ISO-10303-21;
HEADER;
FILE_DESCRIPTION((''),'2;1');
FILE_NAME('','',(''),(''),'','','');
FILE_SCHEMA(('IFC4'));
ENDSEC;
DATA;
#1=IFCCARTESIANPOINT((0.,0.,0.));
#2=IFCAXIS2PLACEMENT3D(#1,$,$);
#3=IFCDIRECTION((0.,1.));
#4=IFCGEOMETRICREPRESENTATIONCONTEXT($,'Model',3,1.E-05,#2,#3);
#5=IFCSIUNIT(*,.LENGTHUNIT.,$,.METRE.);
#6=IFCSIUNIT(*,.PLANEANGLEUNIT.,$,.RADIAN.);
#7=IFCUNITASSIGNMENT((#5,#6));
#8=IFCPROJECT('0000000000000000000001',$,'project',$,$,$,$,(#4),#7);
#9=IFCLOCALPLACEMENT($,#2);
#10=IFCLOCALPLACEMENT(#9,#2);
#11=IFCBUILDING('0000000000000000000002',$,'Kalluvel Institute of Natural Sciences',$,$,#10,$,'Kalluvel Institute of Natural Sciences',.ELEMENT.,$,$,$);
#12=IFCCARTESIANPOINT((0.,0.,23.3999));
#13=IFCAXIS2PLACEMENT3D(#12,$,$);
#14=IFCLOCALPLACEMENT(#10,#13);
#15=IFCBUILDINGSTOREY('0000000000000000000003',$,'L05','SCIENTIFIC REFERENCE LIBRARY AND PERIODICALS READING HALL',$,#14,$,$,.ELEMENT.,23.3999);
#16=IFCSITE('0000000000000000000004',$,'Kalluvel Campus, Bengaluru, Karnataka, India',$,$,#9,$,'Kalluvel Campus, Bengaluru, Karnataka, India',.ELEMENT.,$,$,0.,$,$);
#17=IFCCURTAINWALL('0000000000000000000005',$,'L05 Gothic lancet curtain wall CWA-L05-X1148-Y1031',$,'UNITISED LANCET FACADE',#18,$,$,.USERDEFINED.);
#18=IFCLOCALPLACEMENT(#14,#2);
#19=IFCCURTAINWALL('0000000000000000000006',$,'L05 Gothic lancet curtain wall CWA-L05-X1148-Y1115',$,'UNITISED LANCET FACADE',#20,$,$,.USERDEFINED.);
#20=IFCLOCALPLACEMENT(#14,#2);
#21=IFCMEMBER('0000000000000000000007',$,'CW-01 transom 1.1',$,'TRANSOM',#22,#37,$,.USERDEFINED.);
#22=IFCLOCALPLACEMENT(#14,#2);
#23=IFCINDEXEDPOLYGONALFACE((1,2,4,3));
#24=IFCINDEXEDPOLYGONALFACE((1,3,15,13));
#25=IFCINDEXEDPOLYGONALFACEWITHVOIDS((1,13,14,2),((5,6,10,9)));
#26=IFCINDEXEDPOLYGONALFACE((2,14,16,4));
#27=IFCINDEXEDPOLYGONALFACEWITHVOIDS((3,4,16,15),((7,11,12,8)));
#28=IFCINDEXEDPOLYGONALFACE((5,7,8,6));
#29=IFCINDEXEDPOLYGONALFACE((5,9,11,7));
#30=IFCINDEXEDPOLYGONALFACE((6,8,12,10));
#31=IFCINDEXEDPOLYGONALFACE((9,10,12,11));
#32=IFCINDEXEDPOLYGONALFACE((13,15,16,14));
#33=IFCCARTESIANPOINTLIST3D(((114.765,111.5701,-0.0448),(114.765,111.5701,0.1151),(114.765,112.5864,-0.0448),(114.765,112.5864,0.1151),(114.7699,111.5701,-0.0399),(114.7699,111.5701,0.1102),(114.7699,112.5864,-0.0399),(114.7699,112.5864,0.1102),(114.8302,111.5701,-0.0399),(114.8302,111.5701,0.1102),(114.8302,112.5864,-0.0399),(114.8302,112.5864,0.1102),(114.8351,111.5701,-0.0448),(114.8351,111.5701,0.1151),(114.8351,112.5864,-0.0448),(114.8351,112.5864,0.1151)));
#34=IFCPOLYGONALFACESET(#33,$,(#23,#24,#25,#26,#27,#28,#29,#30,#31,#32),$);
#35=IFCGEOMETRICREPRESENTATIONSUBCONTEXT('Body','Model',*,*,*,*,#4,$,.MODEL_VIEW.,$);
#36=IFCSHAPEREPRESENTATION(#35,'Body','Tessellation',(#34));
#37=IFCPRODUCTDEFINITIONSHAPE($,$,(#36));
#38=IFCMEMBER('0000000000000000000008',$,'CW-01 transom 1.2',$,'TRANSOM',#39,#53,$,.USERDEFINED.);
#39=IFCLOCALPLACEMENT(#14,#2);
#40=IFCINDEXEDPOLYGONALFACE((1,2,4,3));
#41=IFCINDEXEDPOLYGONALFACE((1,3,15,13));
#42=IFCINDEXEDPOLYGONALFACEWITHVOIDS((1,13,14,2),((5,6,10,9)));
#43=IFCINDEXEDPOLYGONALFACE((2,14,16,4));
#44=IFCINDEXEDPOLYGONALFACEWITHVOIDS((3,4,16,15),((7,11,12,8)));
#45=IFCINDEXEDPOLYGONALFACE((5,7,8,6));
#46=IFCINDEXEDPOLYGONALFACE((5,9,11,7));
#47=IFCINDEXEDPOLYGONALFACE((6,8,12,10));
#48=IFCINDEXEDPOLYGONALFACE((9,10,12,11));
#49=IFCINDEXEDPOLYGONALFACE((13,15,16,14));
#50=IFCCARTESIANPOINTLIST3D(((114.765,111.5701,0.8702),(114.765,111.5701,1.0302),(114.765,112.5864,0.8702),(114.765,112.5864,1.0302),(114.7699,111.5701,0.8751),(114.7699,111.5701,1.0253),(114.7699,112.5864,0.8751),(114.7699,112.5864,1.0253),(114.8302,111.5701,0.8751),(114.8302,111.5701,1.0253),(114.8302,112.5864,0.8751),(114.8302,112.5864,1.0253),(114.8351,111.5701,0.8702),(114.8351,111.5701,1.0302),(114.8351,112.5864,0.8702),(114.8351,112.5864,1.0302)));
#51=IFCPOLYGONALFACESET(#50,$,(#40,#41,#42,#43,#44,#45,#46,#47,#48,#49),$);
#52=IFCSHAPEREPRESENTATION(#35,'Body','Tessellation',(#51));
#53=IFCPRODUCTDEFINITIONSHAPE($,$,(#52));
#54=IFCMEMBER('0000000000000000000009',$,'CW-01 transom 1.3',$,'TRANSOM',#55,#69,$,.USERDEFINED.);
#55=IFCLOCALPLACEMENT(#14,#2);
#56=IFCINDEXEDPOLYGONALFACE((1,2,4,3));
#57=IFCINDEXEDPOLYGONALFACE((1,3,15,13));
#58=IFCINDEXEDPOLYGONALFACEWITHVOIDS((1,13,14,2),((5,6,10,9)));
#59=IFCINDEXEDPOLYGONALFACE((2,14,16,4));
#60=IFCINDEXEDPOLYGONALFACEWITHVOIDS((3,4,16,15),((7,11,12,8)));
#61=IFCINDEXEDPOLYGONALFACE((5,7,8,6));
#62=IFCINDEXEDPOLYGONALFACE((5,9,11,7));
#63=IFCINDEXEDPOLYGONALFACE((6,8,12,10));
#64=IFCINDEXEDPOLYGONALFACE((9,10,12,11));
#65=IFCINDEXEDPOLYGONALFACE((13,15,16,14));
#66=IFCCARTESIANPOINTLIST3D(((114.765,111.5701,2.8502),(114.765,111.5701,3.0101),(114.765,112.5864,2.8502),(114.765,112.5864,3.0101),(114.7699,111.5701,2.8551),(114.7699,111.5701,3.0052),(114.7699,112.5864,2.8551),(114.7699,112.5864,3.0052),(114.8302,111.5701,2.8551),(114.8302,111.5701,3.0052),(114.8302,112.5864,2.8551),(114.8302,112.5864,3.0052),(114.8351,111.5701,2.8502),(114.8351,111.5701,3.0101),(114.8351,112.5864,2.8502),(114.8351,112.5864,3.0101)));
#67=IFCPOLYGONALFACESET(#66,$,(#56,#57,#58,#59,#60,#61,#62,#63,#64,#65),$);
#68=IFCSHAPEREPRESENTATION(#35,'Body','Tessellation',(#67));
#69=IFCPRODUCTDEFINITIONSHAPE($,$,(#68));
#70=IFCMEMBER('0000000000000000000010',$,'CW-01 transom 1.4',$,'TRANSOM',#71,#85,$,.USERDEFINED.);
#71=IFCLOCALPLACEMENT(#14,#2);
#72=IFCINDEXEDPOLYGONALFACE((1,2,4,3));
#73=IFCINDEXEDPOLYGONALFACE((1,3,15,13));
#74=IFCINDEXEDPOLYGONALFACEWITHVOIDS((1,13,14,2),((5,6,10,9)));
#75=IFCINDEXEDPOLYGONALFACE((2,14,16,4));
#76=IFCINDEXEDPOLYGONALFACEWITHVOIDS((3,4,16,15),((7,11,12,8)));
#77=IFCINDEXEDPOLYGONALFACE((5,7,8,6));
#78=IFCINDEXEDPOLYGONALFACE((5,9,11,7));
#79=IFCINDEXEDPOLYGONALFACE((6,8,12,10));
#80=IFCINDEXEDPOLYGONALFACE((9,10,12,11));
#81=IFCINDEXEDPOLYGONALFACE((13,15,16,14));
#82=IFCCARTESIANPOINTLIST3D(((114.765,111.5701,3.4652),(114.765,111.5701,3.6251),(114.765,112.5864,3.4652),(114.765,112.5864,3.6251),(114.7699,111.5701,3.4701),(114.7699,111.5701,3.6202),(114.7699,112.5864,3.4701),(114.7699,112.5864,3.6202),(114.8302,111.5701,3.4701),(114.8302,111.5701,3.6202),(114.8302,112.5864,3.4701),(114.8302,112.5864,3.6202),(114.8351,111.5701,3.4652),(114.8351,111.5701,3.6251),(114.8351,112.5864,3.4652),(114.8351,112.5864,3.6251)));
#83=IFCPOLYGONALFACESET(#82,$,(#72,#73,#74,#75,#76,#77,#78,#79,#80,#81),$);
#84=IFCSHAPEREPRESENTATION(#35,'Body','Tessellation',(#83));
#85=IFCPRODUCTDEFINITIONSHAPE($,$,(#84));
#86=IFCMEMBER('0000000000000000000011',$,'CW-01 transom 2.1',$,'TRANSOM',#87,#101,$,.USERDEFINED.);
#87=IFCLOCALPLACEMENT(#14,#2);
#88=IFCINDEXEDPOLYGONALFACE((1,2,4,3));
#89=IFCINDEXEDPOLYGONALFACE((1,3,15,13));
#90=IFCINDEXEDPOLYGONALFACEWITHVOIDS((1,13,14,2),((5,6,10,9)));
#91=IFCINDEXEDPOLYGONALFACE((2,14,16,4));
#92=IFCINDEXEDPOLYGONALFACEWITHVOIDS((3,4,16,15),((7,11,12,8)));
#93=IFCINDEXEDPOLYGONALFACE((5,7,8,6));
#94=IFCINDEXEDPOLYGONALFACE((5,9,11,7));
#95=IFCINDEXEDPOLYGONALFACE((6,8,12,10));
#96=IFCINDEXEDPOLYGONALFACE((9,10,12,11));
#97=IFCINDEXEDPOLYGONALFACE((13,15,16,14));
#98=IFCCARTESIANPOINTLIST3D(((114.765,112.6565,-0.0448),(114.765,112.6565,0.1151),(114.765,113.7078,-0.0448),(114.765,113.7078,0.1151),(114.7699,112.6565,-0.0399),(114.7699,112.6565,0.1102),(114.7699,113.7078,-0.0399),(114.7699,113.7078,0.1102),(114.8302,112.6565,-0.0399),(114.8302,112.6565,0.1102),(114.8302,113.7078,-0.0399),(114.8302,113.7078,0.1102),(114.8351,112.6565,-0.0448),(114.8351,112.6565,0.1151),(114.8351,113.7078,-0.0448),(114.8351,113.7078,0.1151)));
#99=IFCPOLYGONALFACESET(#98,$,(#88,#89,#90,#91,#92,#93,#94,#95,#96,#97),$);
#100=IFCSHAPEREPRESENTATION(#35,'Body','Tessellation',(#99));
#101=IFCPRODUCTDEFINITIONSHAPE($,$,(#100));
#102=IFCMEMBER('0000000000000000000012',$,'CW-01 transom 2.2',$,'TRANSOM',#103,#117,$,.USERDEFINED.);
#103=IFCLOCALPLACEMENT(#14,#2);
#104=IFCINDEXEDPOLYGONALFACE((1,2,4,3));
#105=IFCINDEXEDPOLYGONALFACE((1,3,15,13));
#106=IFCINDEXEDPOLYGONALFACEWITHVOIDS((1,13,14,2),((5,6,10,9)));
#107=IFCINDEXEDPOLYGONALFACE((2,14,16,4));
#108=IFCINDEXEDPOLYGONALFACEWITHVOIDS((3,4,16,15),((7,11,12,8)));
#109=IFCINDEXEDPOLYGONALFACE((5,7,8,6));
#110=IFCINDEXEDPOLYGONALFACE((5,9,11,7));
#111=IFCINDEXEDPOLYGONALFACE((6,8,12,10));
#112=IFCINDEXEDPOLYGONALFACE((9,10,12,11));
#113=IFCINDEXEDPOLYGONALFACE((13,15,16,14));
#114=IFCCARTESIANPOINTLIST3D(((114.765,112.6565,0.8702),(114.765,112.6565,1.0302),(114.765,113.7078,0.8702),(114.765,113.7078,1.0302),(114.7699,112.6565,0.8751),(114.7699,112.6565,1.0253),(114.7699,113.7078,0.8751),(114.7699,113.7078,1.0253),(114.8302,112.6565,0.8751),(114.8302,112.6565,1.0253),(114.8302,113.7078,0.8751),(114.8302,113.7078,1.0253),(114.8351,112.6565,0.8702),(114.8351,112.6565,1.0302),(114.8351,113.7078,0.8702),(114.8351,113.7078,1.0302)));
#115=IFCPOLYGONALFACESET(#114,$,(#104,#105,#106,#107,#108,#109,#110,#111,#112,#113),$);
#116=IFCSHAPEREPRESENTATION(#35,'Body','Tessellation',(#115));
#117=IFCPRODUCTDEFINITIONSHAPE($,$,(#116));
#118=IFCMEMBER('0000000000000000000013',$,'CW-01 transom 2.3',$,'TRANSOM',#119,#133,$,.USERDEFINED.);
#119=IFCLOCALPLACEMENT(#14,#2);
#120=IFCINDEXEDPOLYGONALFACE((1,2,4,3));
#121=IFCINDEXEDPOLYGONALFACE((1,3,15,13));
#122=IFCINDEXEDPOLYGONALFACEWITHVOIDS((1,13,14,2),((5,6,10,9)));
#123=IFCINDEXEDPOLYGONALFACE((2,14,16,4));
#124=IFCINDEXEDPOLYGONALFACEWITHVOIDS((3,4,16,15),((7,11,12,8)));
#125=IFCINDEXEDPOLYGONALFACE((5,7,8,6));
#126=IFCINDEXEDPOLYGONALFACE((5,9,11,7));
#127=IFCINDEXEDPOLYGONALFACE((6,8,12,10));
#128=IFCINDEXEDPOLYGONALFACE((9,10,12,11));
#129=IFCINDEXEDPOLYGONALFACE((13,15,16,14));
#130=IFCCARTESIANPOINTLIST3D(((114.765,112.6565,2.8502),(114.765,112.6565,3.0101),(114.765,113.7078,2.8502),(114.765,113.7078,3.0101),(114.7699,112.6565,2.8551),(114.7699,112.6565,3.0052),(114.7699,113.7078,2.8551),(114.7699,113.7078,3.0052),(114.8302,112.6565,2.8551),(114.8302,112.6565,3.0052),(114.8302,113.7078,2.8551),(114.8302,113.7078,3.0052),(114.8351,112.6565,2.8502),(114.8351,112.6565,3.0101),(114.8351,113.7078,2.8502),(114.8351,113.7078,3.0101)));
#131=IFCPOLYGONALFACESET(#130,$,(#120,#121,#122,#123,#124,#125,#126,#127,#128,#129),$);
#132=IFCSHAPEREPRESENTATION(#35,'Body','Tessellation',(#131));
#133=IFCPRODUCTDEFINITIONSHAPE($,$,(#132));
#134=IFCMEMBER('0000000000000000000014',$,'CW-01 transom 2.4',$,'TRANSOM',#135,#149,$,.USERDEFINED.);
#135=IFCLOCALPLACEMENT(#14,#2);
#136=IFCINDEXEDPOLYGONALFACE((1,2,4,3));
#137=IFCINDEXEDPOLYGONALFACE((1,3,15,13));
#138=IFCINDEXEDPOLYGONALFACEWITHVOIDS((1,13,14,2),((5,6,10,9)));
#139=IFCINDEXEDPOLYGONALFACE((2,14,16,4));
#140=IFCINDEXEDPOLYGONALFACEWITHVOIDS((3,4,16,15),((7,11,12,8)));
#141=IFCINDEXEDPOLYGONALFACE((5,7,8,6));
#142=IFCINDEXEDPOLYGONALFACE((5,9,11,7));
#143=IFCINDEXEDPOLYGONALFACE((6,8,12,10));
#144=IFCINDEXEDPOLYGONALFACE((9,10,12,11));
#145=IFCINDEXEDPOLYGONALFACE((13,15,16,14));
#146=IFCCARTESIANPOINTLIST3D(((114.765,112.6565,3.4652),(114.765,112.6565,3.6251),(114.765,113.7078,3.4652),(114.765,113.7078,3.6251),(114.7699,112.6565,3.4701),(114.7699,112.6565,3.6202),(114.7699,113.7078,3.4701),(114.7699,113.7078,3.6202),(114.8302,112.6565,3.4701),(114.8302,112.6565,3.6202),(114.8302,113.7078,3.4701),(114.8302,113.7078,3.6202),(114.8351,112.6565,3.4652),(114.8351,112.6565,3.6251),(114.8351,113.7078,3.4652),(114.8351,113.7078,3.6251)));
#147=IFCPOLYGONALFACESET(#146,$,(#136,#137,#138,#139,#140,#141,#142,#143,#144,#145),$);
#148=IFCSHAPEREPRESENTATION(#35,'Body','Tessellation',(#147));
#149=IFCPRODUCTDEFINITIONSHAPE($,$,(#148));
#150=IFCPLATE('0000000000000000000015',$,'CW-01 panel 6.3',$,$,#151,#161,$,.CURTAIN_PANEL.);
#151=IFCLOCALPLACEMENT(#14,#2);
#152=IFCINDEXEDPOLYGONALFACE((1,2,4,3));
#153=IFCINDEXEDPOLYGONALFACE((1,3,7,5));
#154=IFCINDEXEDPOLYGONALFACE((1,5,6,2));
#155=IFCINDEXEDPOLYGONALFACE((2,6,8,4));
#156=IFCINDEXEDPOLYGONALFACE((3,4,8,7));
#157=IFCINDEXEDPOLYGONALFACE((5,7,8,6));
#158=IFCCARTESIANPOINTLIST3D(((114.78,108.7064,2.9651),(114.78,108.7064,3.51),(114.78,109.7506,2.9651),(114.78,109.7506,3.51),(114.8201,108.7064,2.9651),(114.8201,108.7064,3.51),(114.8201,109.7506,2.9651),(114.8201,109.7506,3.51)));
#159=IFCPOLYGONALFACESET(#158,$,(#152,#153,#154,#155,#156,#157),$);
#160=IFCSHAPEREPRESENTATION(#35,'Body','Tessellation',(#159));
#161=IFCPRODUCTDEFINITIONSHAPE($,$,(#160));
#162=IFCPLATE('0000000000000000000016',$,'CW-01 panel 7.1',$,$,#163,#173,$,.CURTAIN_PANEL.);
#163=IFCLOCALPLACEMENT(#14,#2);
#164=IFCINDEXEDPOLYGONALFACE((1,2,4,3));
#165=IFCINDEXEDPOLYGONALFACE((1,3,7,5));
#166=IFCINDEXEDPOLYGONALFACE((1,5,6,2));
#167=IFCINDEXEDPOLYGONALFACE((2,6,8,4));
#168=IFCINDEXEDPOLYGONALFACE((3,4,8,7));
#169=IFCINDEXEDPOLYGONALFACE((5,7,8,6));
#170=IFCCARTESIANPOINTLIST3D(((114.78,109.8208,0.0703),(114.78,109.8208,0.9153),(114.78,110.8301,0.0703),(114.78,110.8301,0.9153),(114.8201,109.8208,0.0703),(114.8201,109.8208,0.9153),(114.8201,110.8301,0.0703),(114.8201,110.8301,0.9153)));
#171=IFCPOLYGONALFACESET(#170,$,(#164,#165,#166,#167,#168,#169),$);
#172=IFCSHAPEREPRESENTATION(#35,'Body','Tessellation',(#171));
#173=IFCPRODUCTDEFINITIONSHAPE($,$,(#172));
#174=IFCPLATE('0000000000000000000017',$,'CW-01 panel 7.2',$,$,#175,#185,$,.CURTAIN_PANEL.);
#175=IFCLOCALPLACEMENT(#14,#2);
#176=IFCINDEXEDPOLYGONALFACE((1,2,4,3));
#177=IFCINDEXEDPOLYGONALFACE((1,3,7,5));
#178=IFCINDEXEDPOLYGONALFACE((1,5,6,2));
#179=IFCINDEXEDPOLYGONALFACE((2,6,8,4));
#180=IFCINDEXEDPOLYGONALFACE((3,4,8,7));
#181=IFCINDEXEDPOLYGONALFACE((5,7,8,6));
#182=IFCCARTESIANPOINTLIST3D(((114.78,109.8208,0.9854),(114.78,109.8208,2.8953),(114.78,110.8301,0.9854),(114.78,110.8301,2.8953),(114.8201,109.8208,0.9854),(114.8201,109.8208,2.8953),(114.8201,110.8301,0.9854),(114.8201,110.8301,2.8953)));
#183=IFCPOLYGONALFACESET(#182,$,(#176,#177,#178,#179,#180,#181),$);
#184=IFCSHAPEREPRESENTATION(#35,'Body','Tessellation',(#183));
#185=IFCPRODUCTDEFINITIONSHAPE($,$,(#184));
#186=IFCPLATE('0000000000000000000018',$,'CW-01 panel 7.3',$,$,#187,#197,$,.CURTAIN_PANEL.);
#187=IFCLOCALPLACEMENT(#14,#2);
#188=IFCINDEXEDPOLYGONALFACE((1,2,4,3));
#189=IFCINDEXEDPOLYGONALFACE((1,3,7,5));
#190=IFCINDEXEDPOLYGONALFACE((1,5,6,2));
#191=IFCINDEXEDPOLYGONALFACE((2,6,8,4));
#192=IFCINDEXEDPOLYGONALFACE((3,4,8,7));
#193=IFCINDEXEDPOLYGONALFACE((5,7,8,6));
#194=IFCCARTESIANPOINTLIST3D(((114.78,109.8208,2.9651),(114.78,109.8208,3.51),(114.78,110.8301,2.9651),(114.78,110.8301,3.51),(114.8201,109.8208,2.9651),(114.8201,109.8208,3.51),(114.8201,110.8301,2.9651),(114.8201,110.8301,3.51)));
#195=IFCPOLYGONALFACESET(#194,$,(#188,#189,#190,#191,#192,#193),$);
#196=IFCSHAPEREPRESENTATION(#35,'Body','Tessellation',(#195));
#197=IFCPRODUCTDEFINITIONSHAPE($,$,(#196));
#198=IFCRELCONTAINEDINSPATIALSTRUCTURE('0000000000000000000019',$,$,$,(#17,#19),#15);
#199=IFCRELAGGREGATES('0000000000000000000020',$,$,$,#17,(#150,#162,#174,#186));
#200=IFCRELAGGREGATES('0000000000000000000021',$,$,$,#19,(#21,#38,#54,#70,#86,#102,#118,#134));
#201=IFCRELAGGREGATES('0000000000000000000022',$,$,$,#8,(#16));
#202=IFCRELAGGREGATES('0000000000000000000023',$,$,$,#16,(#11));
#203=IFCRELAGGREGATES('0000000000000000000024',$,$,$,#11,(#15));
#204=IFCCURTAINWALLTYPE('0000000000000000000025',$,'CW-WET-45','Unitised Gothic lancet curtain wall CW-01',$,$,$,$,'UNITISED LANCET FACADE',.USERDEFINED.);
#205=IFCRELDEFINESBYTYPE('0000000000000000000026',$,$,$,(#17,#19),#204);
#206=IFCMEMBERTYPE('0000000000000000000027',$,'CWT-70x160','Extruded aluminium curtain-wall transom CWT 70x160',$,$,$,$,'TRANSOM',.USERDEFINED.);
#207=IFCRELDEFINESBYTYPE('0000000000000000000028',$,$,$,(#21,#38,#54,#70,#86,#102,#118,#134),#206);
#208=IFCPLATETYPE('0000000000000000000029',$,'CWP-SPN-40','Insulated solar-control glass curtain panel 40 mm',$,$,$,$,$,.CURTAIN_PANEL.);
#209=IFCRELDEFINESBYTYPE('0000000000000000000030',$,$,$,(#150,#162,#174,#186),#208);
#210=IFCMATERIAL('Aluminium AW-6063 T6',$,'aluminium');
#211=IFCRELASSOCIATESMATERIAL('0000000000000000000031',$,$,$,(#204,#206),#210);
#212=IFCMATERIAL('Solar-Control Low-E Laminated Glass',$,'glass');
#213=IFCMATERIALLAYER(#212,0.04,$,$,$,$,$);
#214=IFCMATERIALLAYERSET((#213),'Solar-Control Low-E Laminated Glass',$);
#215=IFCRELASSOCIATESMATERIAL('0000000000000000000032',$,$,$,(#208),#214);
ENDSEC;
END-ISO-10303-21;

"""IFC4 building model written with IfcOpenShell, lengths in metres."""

from ifc_helpers import new_model, si_unit, direction, frame, origin, origin_2d, place, context, subcontext, project, spatial, rectangle, hollow_rectangle, extrude, material, layer, layer_set, material_profile, profile_set, type_object, element, aggregate, save


model = new_model("IFC4")

# Units and contexts
model_context = context("Model", 3, precision=1e-05, world=origin(), true_north=direction((0.0, 1.0)))
body_context = subcontext(model_context, "Body", "Model", "MODEL_VIEW")
ifc_project = project(units=[si_unit("LENGTHUNIT", "METRE"), si_unit("PLANEANGLEUNIT", "RADIAN")], contexts=[model_context])

# Site, building, storey
site_placement = place(None, origin())
site = spatial("IfcSite", under=ifc_project, at=site_placement, Name="Kalluvel Campus, Bengaluru, Karnataka, India", LongName="Kalluvel Campus, Bengaluru, Karnataka, India", CompositionType="ELEMENT", RefElevation=0.0)
building_placement = place(site_placement, origin())
building = spatial("IfcBuilding", under=site, at=building_placement, Name="Kalluvel Institute of Natural Sciences", LongName="Kalluvel Institute of Natural Sciences", CompositionType="ELEMENT")
storey_placement = place(building_placement, frame((0.0, 0.0, 23.3999)))
storey = spatial("IfcBuildingStorey", under=building, at=storey_placement, Name="L05", Description="SCIENTIFIC REFERENCE LIBRARY AND PERIODICALS READING HALL", CompositionType="ELEMENT", Elevation=23.3999)

# Curtain walls
ifc_material_1 = material(Name="Aluminium AW-6063 T6", Category="aluminium")
curtain_wall_type = type_object("IfcCurtainWallType", Name="CW-WET-45", Description="Unitised Gothic lancet curtain wall CW-01", ElementType="UNITISED LANCET FACADE", PredefinedType="USERDEFINED", material=ifc_material_1)
curtain_wall_1_placement = place(storey_placement, origin())
curtain_wall_1 = element("IfcCurtainWall", 1, at=curtain_wall_1_placement, inside=storey, type_object=curtain_wall_type, Name="L05 Gothic lancet curtain wall CWA-L05-X1148-Y1031", ObjectType="UNITISED LANCET FACADE", PredefinedType="USERDEFINED")
curtain_wall_2_placement = place(storey_placement, origin())
curtain_wall_2 = element("IfcCurtainWall", 2, at=curtain_wall_2_placement, inside=storey, type_object=curtain_wall_type, Name="L05 Gothic lancet curtain wall CWA-L05-X1148-Y1115", ObjectType="UNITISED LANCET FACADE", PredefinedType="USERDEFINED")

# Members
ifc_material_profile_1 = material_profile(ifc_material_1, hollow_rectangle(XDim=0.0701, YDim=0.1599, WallThickness=0.0049, at=origin_2d()), Name="CWT 70x160")
ifc_profile_set_1 = profile_set([ifc_material_profile_1], Name="Aluminium AW-6063 T6")
member_type_1 = type_object("IfcMemberType", Name="CWT-70x160", Description="Extruded aluminium curtain-wall transom CWT 70x160", ElementType="TRANSOM", PredefinedType="USERDEFINED", material=ifc_profile_set_1)
member_1_placement = place(storey_placement, frame((114.8, 111.5701, 0.0352), z_axis=(0.0, 1.0, 0.0), x_axis=(-1.0, 0.0, 0.0)))
member_1 = element("IfcMember", 3, at=member_1_placement, type_object=member_type_1, Name="CW-01 transom 1.1", ObjectType="TRANSOM", PredefinedType="USERDEFINED", context=body_context, shape_type="SweptSolid", body=[
    extrude(hollow_rectangle(XDim=0.0701, YDim=0.1599, WallThickness=0.0049, at=origin_2d()), origin(), (0.0, 0.0, 1.0), 1.0164),
])
member_2_placement = place(storey_placement, frame((114.8, 111.5701, 0.9502), z_axis=(0.0, 1.0, 0.0), x_axis=(-1.0, 0.0, 0.0)))
member_2 = element("IfcMember", 4, at=member_2_placement, type_object=member_type_1, Name="CW-01 transom 1.2", ObjectType="TRANSOM", PredefinedType="USERDEFINED", context=body_context, shape_type="SweptSolid", body=[
    extrude(hollow_rectangle(XDim=0.0701, YDim=0.1599, WallThickness=0.0049, at=origin_2d()), origin(), (0.0, 0.0, 1.0), 1.0164),
])
member_3_placement = place(storey_placement, frame((114.8, 111.5701, 2.9302), z_axis=(0.0, 1.0, 0.0), x_axis=(-1.0, 0.0, 0.0)))
member_3 = element("IfcMember", 5, at=member_3_placement, type_object=member_type_1, Name="CW-01 transom 1.3", ObjectType="TRANSOM", PredefinedType="USERDEFINED", context=body_context, shape_type="SweptSolid", body=[
    extrude(hollow_rectangle(XDim=0.0701, YDim=0.1599, WallThickness=0.0049, at=origin_2d()), origin(), (0.0, 0.0, 1.0), 1.0164),
])
member_4_placement = place(storey_placement, frame((114.8, 111.5701, 3.5452), z_axis=(0.0, 1.0, 0.0), x_axis=(-1.0, 0.0, 0.0)))
member_4 = element("IfcMember", 6, at=member_4_placement, type_object=member_type_1, Name="CW-01 transom 1.4", ObjectType="TRANSOM", PredefinedType="USERDEFINED", context=body_context, shape_type="SweptSolid", body=[
    extrude(hollow_rectangle(XDim=0.0701, YDim=0.1599, WallThickness=0.0049, at=origin_2d()), origin(), (0.0, 0.0, 1.0), 1.0164),
])
member_5_placement = place(storey_placement, frame((114.8, 112.6565, 0.0352), z_axis=(0.0, 1.0, 0.0), x_axis=(-1.0, 0.0, 0.0)))
member_5 = element("IfcMember", 7, at=member_5_placement, type_object=member_type_1, Name="CW-01 transom 2.1", ObjectType="TRANSOM", PredefinedType="USERDEFINED", context=body_context, shape_type="SweptSolid", body=[
    extrude(hollow_rectangle(XDim=0.0701, YDim=0.1599, WallThickness=0.0049, at=origin_2d()), origin(), (0.0, 0.0, 1.0), 1.0513),
])
member_6_placement = place(storey_placement, frame((114.8, 112.6565, 0.9502), z_axis=(0.0, 1.0, 0.0), x_axis=(-1.0, 0.0, 0.0)))
member_6 = element("IfcMember", 8, at=member_6_placement, type_object=member_type_1, Name="CW-01 transom 2.2", ObjectType="TRANSOM", PredefinedType="USERDEFINED", context=body_context, shape_type="SweptSolid", body=[
    extrude(hollow_rectangle(XDim=0.0701, YDim=0.1599, WallThickness=0.0049, at=origin_2d()), origin(), (0.0, 0.0, 1.0), 1.0513),
])
member_7_placement = place(storey_placement, frame((114.8, 112.6565, 2.9302), z_axis=(0.0, 1.0, 0.0), x_axis=(-1.0, 0.0, 0.0)))
member_7 = element("IfcMember", 9, at=member_7_placement, type_object=member_type_1, Name="CW-01 transom 2.3", ObjectType="TRANSOM", PredefinedType="USERDEFINED", context=body_context, shape_type="SweptSolid", body=[
    extrude(hollow_rectangle(XDim=0.0701, YDim=0.1599, WallThickness=0.0049, at=origin_2d()), origin(), (0.0, 0.0, 1.0), 1.0513),
])
member_8_placement = place(storey_placement, frame((114.8, 112.6565, 3.5452), z_axis=(0.0, 1.0, 0.0), x_axis=(-1.0, 0.0, 0.0)))
member_8 = element("IfcMember", 10, at=member_8_placement, type_object=member_type_1, Name="CW-01 transom 2.4", ObjectType="TRANSOM", PredefinedType="USERDEFINED", context=body_context, shape_type="SweptSolid", body=[
    extrude(hollow_rectangle(XDim=0.0701, YDim=0.1599, WallThickness=0.0049, at=origin_2d()), origin(), (0.0, 0.0, 1.0), 1.0513),
])

# Plates
ifc_material_2 = material(Name="Solar-Control Low-E Laminated Glass", Category="glass")
ifc_layer = layer(ifc_material_2, 0.04)
ifc_layer_set = layer_set([ifc_layer], Name="Solar-Control Low-E Laminated Glass")
plate_type = type_object("IfcPlateType", Name="CWP-SPN-40", Description="Insulated solar-control glass curtain panel 40 mm", PredefinedType="CURTAIN_PANEL", material=ifc_layer_set)
plate_1_placement = place(storey_placement, frame((114.8, 109.2285, 2.9651), z_axis=(0.0, 0.0, 1.0), x_axis=(0.0, 1.0, 0.0)))
plate_1 = element("IfcPlate", 11, at=plate_1_placement, type_object=plate_type, Name="CW-01 panel 6.3", PredefinedType="CURTAIN_PANEL", context=body_context, shape_type="SweptSolid", body=[
    extrude(rectangle(XDim=1.0442, YDim=0.04, at=origin_2d()), origin(), (0.0, 0.0, 1.0), 0.5449),
])
plate_2_placement = place(storey_placement, frame((114.8, 110.3254, 0.0703), z_axis=(0.0, 0.0, 1.0), x_axis=(0.0, 1.0, 0.0)))
plate_2 = element("IfcPlate", 12, at=plate_2_placement, type_object=plate_type, Name="CW-01 panel 7.1", PredefinedType="CURTAIN_PANEL", context=body_context, shape_type="SweptSolid", body=[
    extrude(rectangle(XDim=1.0093, YDim=0.04, at=origin_2d()), origin(), (0.0, 0.0, 1.0), 0.845),
])
plate_3_placement = place(storey_placement, frame((114.8, 110.3254, 0.9854), z_axis=(0.0, 0.0, 1.0), x_axis=(0.0, 1.0, 0.0)))
plate_3 = element("IfcPlate", 13, at=plate_3_placement, type_object=plate_type, Name="CW-01 panel 7.2", PredefinedType="CURTAIN_PANEL", context=body_context, shape_type="SweptSolid", body=[
    extrude(rectangle(XDim=1.0093, YDim=0.04, at=origin_2d()), origin(), (0.0, 0.0, 1.0), 1.9099),
])
plate_4_placement = place(storey_placement, frame((114.8, 110.3254, 2.9651), z_axis=(0.0, 0.0, 1.0), x_axis=(0.0, 1.0, 0.0)))
plate_4 = element("IfcPlate", 14, at=plate_4_placement, type_object=plate_type, Name="CW-01 panel 7.3", PredefinedType="CURTAIN_PANEL", context=body_context, shape_type="SweptSolid", body=[
    extrude(rectangle(XDim=1.0093, YDim=0.04, at=origin_2d()), origin(), (0.0, 0.0, 1.0), 0.5449),
])
aggregate(curtain_wall_1, [plate_1, plate_2, plate_3, plate_4])
aggregate(curtain_wall_2, [member_1, member_2, member_3, member_4, member_5, member_6, member_7, member_8])

save(model, "model.ifc")
